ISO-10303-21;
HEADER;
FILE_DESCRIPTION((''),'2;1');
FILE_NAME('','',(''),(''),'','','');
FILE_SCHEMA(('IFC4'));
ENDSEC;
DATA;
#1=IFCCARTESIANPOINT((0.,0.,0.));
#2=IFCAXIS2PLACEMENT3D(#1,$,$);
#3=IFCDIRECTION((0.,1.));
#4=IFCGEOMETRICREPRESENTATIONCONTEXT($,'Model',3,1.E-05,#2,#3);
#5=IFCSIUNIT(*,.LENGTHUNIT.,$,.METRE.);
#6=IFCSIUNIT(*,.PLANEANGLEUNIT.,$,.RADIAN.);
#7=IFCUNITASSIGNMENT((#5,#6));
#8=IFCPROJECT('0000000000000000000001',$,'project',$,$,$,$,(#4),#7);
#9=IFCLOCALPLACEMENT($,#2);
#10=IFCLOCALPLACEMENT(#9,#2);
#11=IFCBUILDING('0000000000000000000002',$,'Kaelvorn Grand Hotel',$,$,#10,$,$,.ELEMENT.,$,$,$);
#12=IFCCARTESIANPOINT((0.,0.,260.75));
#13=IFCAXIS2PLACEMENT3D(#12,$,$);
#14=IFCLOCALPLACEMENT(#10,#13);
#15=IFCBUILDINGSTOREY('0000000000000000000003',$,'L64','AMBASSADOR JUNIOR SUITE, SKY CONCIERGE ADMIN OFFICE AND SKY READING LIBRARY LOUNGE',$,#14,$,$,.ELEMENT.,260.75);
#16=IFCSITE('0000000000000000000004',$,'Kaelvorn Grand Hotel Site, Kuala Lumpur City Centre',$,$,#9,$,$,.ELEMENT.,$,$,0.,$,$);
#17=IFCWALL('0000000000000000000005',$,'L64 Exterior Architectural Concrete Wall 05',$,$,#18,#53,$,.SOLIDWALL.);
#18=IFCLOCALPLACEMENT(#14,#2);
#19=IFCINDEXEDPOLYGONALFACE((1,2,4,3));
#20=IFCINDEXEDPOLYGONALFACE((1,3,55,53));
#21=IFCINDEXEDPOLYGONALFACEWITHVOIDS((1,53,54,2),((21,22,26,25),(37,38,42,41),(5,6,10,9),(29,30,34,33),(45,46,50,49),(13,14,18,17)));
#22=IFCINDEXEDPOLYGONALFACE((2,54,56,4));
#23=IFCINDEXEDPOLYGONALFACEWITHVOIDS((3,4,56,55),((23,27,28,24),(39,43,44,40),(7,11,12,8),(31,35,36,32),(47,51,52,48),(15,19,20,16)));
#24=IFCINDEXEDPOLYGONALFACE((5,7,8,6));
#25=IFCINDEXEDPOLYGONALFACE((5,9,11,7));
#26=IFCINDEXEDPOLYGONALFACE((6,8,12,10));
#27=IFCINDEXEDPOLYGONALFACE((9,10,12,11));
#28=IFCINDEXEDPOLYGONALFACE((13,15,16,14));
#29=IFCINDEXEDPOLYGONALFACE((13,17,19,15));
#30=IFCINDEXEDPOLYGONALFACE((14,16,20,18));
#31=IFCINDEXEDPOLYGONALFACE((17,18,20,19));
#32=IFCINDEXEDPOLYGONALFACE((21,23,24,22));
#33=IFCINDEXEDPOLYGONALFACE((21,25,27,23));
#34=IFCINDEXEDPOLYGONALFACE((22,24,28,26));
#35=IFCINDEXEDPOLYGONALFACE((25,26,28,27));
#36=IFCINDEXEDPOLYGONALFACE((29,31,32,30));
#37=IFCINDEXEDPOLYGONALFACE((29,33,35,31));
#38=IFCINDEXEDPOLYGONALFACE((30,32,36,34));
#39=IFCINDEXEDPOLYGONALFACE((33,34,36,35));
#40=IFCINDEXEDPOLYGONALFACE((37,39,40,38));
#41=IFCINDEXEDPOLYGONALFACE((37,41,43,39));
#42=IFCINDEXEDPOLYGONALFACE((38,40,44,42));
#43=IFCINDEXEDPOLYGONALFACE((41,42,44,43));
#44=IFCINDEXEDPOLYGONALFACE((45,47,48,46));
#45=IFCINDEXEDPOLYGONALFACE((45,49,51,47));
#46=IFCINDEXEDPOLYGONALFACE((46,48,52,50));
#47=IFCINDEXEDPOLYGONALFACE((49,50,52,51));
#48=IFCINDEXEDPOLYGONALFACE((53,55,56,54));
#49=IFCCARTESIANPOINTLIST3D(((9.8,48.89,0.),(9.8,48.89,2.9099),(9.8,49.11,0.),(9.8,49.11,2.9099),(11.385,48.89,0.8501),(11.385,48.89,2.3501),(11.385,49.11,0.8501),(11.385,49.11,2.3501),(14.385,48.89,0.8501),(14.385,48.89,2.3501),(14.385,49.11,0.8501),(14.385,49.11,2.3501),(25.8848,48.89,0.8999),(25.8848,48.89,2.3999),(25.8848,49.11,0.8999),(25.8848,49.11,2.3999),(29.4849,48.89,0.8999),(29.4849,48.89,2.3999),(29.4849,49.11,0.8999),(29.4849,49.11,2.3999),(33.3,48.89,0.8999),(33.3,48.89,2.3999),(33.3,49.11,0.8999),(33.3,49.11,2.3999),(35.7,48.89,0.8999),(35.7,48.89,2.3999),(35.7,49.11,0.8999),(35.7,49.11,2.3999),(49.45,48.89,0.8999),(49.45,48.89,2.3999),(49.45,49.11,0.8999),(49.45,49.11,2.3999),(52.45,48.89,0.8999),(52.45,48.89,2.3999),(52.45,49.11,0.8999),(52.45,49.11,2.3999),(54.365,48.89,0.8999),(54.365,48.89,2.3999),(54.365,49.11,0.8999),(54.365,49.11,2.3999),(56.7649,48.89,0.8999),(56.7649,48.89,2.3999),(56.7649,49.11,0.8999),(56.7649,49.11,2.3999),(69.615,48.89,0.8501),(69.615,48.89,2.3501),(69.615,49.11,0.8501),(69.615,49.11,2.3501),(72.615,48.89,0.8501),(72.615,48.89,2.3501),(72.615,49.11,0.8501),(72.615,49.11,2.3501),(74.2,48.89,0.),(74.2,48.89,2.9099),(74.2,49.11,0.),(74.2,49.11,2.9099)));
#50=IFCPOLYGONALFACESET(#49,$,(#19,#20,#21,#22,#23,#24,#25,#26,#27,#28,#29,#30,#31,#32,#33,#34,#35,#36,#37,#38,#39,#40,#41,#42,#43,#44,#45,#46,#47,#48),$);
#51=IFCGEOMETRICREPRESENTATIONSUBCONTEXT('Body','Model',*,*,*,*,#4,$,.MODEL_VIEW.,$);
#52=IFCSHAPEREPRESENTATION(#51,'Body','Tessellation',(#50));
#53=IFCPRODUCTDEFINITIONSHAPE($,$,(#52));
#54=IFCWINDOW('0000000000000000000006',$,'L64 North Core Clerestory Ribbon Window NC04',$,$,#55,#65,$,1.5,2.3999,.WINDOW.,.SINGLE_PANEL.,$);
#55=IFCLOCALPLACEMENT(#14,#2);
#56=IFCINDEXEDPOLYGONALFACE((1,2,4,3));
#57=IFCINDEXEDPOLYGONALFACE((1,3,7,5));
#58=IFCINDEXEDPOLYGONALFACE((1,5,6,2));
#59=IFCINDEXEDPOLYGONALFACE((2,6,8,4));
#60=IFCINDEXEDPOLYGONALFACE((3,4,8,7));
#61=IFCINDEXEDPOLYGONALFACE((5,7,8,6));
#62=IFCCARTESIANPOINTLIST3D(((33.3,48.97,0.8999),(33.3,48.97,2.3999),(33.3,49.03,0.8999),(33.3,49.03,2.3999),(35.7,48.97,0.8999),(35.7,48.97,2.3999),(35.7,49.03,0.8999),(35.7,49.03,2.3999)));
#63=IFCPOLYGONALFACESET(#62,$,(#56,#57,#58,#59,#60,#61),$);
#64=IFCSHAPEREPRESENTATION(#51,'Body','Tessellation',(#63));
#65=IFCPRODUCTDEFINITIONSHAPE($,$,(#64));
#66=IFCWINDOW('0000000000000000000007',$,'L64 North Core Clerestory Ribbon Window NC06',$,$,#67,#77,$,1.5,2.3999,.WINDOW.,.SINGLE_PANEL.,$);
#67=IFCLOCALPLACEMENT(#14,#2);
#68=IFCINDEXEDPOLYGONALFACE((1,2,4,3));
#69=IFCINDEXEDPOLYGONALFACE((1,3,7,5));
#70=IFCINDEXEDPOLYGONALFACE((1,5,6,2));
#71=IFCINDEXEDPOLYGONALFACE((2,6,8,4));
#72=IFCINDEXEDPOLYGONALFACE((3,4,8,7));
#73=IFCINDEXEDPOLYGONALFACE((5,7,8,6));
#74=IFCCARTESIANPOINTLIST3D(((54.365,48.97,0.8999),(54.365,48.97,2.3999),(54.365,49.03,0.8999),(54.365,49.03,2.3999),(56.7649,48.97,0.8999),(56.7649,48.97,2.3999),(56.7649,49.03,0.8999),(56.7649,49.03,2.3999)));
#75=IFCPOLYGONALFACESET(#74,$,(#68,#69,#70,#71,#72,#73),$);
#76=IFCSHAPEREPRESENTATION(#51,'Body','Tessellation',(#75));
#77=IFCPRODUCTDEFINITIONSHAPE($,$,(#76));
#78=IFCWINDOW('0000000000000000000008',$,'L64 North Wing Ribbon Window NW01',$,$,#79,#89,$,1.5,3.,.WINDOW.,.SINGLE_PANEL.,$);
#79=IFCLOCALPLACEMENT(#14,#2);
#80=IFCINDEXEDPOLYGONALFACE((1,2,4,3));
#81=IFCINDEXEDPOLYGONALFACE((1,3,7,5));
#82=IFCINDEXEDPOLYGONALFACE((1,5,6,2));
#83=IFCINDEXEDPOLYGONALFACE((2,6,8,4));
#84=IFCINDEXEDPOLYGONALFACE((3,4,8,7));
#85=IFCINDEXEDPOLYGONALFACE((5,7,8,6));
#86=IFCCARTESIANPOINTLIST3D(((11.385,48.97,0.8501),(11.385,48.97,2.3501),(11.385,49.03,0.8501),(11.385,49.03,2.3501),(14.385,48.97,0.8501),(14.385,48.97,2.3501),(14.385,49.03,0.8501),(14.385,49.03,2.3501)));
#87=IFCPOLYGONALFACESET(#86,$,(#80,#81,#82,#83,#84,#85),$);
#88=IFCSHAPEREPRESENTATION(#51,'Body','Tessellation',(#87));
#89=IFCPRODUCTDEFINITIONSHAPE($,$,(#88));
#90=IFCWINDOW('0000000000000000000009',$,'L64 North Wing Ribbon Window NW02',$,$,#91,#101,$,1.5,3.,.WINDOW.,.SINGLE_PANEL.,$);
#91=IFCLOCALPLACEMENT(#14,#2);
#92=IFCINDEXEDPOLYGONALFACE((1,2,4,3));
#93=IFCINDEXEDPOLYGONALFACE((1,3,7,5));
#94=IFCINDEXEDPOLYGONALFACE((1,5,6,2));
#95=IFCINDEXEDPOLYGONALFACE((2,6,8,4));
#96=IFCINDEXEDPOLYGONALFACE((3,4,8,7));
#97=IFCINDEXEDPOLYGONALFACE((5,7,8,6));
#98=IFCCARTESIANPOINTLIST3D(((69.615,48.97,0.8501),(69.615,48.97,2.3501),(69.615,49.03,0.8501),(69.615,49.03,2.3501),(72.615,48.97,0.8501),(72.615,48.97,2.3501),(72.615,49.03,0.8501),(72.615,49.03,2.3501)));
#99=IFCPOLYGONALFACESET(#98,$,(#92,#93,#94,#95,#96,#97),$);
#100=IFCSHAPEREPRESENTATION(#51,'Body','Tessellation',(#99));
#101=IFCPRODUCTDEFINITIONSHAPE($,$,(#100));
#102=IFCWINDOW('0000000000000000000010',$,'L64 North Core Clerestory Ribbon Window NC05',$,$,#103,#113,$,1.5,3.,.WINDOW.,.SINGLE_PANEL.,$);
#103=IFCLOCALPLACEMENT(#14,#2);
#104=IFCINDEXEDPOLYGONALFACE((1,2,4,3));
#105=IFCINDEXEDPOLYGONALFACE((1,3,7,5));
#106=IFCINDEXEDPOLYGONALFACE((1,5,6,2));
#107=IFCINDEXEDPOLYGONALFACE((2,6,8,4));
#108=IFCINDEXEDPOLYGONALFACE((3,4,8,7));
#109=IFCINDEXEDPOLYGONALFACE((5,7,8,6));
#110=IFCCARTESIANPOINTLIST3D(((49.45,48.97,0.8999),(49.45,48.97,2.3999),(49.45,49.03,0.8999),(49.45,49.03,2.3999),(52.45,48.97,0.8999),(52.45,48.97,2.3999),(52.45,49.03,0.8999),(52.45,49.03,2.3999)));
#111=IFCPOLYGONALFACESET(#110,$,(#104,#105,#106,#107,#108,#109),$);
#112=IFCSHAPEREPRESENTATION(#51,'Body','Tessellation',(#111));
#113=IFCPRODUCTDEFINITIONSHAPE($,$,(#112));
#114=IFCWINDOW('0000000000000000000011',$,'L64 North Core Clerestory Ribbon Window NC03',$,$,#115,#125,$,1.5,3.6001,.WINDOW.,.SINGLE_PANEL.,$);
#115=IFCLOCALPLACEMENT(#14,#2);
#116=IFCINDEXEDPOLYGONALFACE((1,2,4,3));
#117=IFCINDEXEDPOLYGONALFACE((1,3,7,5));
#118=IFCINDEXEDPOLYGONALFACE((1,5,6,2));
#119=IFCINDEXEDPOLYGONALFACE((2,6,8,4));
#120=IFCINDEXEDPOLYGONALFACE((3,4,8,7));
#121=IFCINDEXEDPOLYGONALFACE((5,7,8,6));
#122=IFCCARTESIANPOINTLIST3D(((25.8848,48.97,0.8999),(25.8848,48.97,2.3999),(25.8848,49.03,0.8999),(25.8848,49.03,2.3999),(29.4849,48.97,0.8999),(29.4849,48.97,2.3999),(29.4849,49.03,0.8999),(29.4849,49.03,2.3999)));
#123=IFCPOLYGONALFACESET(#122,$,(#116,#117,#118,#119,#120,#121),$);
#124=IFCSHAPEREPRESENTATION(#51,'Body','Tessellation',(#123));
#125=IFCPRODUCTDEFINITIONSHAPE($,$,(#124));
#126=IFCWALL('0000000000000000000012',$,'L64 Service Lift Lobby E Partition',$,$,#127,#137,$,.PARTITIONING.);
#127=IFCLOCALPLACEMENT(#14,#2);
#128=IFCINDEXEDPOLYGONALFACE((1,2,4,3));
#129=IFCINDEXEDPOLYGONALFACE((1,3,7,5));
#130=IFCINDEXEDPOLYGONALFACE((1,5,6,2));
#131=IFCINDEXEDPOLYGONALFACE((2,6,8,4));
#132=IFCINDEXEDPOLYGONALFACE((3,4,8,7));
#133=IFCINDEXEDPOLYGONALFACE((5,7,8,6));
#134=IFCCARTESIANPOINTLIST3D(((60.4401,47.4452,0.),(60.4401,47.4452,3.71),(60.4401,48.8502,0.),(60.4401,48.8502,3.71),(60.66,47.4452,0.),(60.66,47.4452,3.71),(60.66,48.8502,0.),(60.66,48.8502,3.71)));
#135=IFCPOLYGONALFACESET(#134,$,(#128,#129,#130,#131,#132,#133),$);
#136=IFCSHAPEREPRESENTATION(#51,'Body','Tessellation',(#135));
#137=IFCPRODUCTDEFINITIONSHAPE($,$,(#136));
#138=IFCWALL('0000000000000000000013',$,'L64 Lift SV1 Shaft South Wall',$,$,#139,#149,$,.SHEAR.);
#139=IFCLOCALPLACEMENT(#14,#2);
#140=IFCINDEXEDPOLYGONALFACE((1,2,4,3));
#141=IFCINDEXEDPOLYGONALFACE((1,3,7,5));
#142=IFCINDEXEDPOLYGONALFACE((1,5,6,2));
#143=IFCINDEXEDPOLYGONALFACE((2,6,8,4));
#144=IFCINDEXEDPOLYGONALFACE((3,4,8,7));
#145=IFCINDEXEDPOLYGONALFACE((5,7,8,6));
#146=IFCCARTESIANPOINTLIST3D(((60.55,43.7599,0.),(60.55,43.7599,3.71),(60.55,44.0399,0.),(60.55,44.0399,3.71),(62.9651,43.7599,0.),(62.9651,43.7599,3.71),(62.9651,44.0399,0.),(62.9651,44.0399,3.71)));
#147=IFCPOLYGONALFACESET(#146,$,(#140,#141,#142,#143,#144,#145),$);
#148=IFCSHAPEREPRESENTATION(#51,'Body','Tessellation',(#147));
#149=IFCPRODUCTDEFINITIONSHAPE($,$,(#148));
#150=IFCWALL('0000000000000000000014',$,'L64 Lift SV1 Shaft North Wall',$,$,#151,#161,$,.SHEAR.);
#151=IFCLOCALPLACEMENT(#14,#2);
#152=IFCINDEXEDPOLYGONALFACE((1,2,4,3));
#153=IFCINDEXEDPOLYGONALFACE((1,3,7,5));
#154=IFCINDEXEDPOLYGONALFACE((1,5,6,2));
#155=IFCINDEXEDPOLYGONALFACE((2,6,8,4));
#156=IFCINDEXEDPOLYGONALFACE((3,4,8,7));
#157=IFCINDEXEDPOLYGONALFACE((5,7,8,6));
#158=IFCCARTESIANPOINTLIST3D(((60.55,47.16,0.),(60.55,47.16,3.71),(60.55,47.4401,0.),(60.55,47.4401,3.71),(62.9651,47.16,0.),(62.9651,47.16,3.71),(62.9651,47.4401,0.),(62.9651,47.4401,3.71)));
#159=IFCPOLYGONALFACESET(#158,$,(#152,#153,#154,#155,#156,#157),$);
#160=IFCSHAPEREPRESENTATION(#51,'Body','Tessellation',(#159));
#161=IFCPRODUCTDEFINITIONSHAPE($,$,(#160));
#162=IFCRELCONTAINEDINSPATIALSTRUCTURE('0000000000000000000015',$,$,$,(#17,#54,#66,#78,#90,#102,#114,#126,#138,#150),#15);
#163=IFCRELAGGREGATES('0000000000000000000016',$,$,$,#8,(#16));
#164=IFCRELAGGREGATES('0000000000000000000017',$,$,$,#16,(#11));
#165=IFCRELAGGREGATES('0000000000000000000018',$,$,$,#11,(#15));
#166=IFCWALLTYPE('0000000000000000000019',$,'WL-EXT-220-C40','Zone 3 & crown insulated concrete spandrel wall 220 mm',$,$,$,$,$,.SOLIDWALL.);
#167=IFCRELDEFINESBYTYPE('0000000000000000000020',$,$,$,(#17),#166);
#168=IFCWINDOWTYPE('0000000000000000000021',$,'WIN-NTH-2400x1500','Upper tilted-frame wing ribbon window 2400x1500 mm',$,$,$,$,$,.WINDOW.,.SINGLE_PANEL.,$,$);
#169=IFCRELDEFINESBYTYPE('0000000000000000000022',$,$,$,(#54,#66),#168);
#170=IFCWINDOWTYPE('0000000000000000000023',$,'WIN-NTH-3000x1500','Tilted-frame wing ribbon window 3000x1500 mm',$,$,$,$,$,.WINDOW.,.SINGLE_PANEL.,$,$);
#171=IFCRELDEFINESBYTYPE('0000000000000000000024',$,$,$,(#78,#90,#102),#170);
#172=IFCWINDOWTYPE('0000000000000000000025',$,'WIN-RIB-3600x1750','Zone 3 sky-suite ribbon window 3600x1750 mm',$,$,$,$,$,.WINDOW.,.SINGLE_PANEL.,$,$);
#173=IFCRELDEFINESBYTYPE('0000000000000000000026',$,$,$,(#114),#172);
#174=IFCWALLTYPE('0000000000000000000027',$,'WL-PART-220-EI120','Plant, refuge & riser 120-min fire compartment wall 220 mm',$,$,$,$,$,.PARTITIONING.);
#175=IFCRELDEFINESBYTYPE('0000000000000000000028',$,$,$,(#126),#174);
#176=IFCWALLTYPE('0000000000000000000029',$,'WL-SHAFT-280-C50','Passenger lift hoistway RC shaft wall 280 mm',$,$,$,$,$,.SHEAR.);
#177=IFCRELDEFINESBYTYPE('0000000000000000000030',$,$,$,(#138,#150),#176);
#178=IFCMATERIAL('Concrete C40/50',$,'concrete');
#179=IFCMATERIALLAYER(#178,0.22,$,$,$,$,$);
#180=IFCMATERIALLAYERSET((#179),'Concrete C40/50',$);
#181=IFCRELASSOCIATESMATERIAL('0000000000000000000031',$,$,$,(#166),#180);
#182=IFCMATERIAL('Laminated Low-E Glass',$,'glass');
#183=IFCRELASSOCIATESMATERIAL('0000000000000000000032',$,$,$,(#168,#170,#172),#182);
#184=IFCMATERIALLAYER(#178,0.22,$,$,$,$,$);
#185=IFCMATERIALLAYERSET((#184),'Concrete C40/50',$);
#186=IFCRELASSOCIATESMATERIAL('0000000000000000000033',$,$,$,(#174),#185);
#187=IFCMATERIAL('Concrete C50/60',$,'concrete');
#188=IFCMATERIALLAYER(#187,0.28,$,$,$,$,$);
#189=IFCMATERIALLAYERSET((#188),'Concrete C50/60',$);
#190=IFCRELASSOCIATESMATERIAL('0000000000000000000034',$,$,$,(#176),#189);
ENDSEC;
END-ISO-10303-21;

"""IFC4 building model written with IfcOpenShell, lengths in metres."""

from ifc_helpers import new_model, si_unit, direction, frame, frame_2d, origin, place, context, subcontext, project, spatial, rectangle, extrude, material, layer, layer_set, type_object, element, fill, save


model = new_model("IFC4")

# Units and contexts
model_context = context("Model", 3, precision=1e-05, world=origin(), true_north=direction((0.0, 1.0)))
body_context = subcontext(model_context, "Body", "Model", "MODEL_VIEW")
ifc_project = project(units=[si_unit("LENGTHUNIT", "METRE"), si_unit("PLANEANGLEUNIT", "RADIAN")], contexts=[model_context])

# Site, building, storey
site_placement = place(None, origin())
site = spatial("IfcSite", under=ifc_project, at=site_placement, Name="Kaelvorn Grand Hotel Site, Kuala Lumpur City Centre", CompositionType="ELEMENT", RefElevation=0.0)
building_placement = place(site_placement, origin())
building = spatial("IfcBuilding", under=site, at=building_placement, Name="Kaelvorn Grand Hotel", CompositionType="ELEMENT")
storey_placement = place(building_placement, frame((0.0, 0.0, 260.75)))
storey = spatial("IfcBuildingStorey", under=building, at=storey_placement, Name="L64", Description="AMBASSADOR JUNIOR SUITE, SKY CONCIERGE ADMIN OFFICE AND SKY READING LIBRARY LOUNGE", CompositionType="ELEMENT", Elevation=260.75)

# Shared definitions
ifc_material_1 = material(Name="Concrete C50/60", Category="concrete")

# Shared definitions
ifc_material_2 = material(Name="Concrete C40/50", Category="concrete")
ifc_layer_1 = layer(ifc_material_2, 0.22)
ifc_layer_set_1 = layer_set([ifc_layer_1], Name="Concrete C40/50")
wall_type_1 = type_object("IfcWallType", Name="WL-EXT-220-C40", Description="Zone 3 & crown insulated concrete spandrel wall 220 mm", PredefinedType="SOLIDWALL", material=ifc_layer_set_1)
ifc_material_3 = material(Name="Laminated Low-E Glass", Category="glass")

# Wall, openings, windows
wall_1_placement = place(storey_placement, frame((74.2, 49.0, 0.0), z_axis=(0.0, 0.0, 1.0), x_axis=(-1.0, 0.0, 0.0)))
wall_1 = element("IfcWall", 1, at=wall_1_placement, inside=storey, type_object=wall_type_1, Name="L64 Exterior Architectural Concrete Wall 05", PredefinedType="SOLIDWALL", context=body_context, shape_type="SweptSolid", body=[
    extrude(rectangle(XDim=64.3999, YDim=0.22, at=frame_2d((32.2, 0.0))), origin(), (0.0, 0.0, 1.0), 2.9099),
])
opening_1_placement = place(wall_1_placement, frame((59.8149, 0.0, 0.8501)))
opening_1 = element("IfcOpeningElement", 2, at=opening_1_placement, cuts=wall_1, PredefinedType="OPENING", context=body_context, shape_type="SweptSolid", body=[
    extrude(rectangle(XDim=3.0, YDim=1.5, at=frame_2d((1.5, 0.75))), frame((0.0, 0.1201, 0.0), z_axis=(0.0, -1.0, 0.0), x_axis=(1.0, 0.0, 0.0)), (0.0, 0.0, 1.0), 0.24),
])
opening_2_placement = place(wall_1_placement, frame((1.585, 0.0, 0.8501)))
opening_2 = element("IfcOpeningElement", 3, at=opening_2_placement, cuts=wall_1, PredefinedType="OPENING", context=body_context, shape_type="SweptSolid", body=[
    extrude(rectangle(XDim=3.0, YDim=1.5, at=frame_2d((1.5, 0.75))), frame((0.0, 0.1201, 0.0), z_axis=(0.0, -1.0, 0.0), x_axis=(1.0, 0.0, 0.0)), (0.0, 0.0, 1.0), 0.24),
])
opening_3_placement = place(wall_1_placement, frame((44.7151, 0.0, 0.8999)))
opening_3 = element("IfcOpeningElement", 4, at=opening_3_placement, cuts=wall_1, PredefinedType="OPENING", context=body_context, shape_type="SweptSolid", body=[
    extrude(rectangle(XDim=3.6001, YDim=1.5, at=frame_2d((1.8, 0.75))), frame((0.0, 0.1201, 0.0), z_axis=(0.0, -1.0, 0.0), x_axis=(1.0, 0.0, 0.0)), (0.0, 0.0, 1.0), 0.24),
])
opening_4_placement = place(wall_1_placement, frame((38.5, 0.0, 0.8999)))
opening_4 = element("IfcOpeningElement", 5, at=opening_4_placement, cuts=wall_1, PredefinedType="OPENING", context=body_context, shape_type="SweptSolid", body=[
    extrude(rectangle(XDim=2.3999, YDim=1.5, at=frame_2d((1.2, 0.75))), frame((0.0, 0.1201, 0.0), z_axis=(0.0, -1.0, 0.0), x_axis=(1.0, 0.0, 0.0)), (0.0, 0.0, 1.0), 0.24),
])
opening_5_placement = place(wall_1_placement, frame((21.75, 0.0, 0.8999)))
opening_5 = element("IfcOpeningElement", 6, at=opening_5_placement, cuts=wall_1, PredefinedType="OPENING", context=body_context, shape_type="SweptSolid", body=[
    extrude(rectangle(XDim=3.0, YDim=1.5, at=frame_2d((1.5, 0.75))), frame((0.0, 0.1201, 0.0), z_axis=(0.0, -1.0, 0.0), x_axis=(1.0, 0.0, 0.0)), (0.0, 0.0, 1.0), 0.24),
])
opening_6_placement = place(wall_1_placement, frame((17.4351, 0.0, 0.8999)))
opening_6 = element("IfcOpeningElement", 7, at=opening_6_placement, cuts=wall_1, PredefinedType="OPENING", context=body_context, shape_type="SweptSolid", body=[
    extrude(rectangle(XDim=2.3999, YDim=1.5, at=frame_2d((1.2, 0.75))), frame((0.0, 0.1201, 0.0), z_axis=(0.0, -1.0, 0.0), x_axis=(1.0, 0.0, 0.0)), (0.0, 0.0, 1.0), 0.24),
])
window_type_1 = type_object("IfcWindowType", Name="WIN-NTH-2400x1500", Description="Upper tilted-frame wing ribbon window 2400x1500 mm", PartitioningType="SINGLE_PANEL", PredefinedType="WINDOW", material=ifc_material_3)
window_1_placement = place(opening_4_placement, origin())
window_1 = element("IfcWindow", 8, at=window_1_placement, inside=storey, type_object=window_type_1, Name="L64 North Core Clerestory Ribbon Window NC04", OverallHeight=1.5, OverallWidth=2.3999, PartitioningType="SINGLE_PANEL", PredefinedType="WINDOW", context=body_context, shape_type="SweptSolid", body=[
    extrude(rectangle(XDim=2.3999, YDim=1.5, at=frame_2d((1.2, 0.75))), frame((0.0, 0.03, 0.0), z_axis=(0.0, -1.0, 0.0), x_axis=(1.0, 0.0, 0.0)), (0.0, 0.0, 1.0), 0.0601),
])
fill(opening_4, window_1)
window_2_placement = place(opening_6_placement, origin())
window_2 = element("IfcWindow", 9, at=window_2_placement, inside=storey, type_object=window_type_1, Name="L64 North Core Clerestory Ribbon Window NC06", OverallHeight=1.5, OverallWidth=2.3999, PartitioningType="SINGLE_PANEL", PredefinedType="WINDOW", context=body_context, shape_type="SweptSolid", body=[
    extrude(rectangle(XDim=2.3999, YDim=1.5, at=frame_2d((1.2, 0.75))), frame((0.0, 0.03, 0.0), z_axis=(0.0, -1.0, 0.0), x_axis=(1.0, 0.0, 0.0)), (0.0, 0.0, 1.0), 0.0601),
])
fill(opening_6, window_2)
window_type_2 = type_object("IfcWindowType", Name="WIN-NTH-3000x1500", Description="Tilted-frame wing ribbon window 3000x1500 mm", PartitioningType="SINGLE_PANEL", PredefinedType="WINDOW", material=ifc_material_3)
window_3_placement = place(opening_1_placement, origin())
window_3 = element("IfcWindow", 10, at=window_3_placement, inside=storey, type_object=window_type_2, Name="L64 North Wing Ribbon Window NW01", OverallHeight=1.5, OverallWidth=3.0, PartitioningType="SINGLE_PANEL", PredefinedType="WINDOW", context=body_context, shape_type="SweptSolid", body=[
    extrude(rectangle(XDim=3.0, YDim=1.5, at=frame_2d((1.5, 0.75))), frame((0.0, 0.03, 0.0), z_axis=(0.0, -1.0, 0.0), x_axis=(1.0, 0.0, 0.0)), (0.0, 0.0, 1.0), 0.0601),
])
fill(opening_1, window_3)
window_4_placement = place(opening_2_placement, origin())
window_4 = element("IfcWindow", 11, at=window_4_placement, inside=storey, type_object=window_type_2, Name="L64 North Wing Ribbon Window NW02", OverallHeight=1.5, OverallWidth=3.0, PartitioningType="SINGLE_PANEL", PredefinedType="WINDOW", context=body_context, shape_type="SweptSolid", body=[
    extrude(rectangle(XDim=3.0, YDim=1.5, at=frame_2d((1.5, 0.75))), frame((0.0, 0.03, 0.0), z_axis=(0.0, -1.0, 0.0), x_axis=(1.0, 0.0, 0.0)), (0.0, 0.0, 1.0), 0.0601),
])
fill(opening_2, window_4)
window_5_placement = place(opening_5_placement, origin())
window_5 = element("IfcWindow", 12, at=window_5_placement, inside=storey, type_object=window_type_2, Name="L64 North Core Clerestory Ribbon Window NC05", OverallHeight=1.5, OverallWidth=3.0, PartitioningType="SINGLE_PANEL", PredefinedType="WINDOW", context=body_context, shape_type="SweptSolid", body=[
    extrude(rectangle(XDim=3.0, YDim=1.5, at=frame_2d((1.5, 0.75))), frame((0.0, 0.03, 0.0), z_axis=(0.0, -1.0, 0.0), x_axis=(1.0, 0.0, 0.0)), (0.0, 0.0, 1.0), 0.0601),
])
fill(opening_5, window_5)
window_type_3 = type_object("IfcWindowType", Name="WIN-RIB-3600x1750", Description="Zone 3 sky-suite ribbon window 3600x1750 mm", PartitioningType="SINGLE_PANEL", PredefinedType="WINDOW", material=ifc_material_3)
window_6_placement = place(opening_3_placement, origin())
window_6 = element("IfcWindow", 13, at=window_6_placement, inside=storey, type_object=window_type_3, Name="L64 North Core Clerestory Ribbon Window NC03", OverallHeight=1.5, OverallWidth=3.6001, PartitioningType="SINGLE_PANEL", PredefinedType="WINDOW", context=body_context, shape_type="SweptSolid", body=[
    extrude(rectangle(XDim=3.6001, YDim=1.5, at=frame_2d((1.8, 0.75))), frame((0.0, 0.03, 0.0), z_axis=(0.0, -1.0, 0.0), x_axis=(1.0, 0.0, 0.0)), (0.0, 0.0, 1.0), 0.0601),
])
fill(opening_3, window_6)

# Walls
ifc_layer_2 = layer(ifc_material_2, 0.22)
ifc_layer_set_2 = layer_set([ifc_layer_2], Name="Concrete C40/50")
wall_type_2 = type_object("IfcWallType", Name="WL-PART-220-EI120", Description="Plant, refuge & riser 120-min fire compartment wall 220 mm", PredefinedType="PARTITIONING", material=ifc_layer_set_2)
wall_2_placement = place(storey_placement, frame((60.55, 47.4451, 0.0), z_axis=(0.0, 0.0, 1.0), x_axis=(0.0, 1.0, 0.0)))
element("IfcWall", 14, at=wall_2_placement, inside=storey, type_object=wall_type_2, Name="L64 Service Lift Lobby E Partition", PredefinedType="PARTITIONING", context=body_context, shape_type="SweptSolid", body=[
    extrude(rectangle(XDim=1.405, YDim=0.22, at=frame_2d((0.7026, 0.0))), origin(), (0.0, 0.0, 1.0), 3.71),
])
ifc_layer_3 = layer(ifc_material_1, 0.28)
ifc_layer_set_3 = layer_set([ifc_layer_3], Name="Concrete C50/60")
wall_type_3 = type_object("IfcWallType", Name="WL-SHAFT-280-C50", Description="Passenger lift hoistway RC shaft wall 280 mm", PredefinedType="SHEAR", material=ifc_layer_set_3)
for number, where, z_axis, x_axis, name in (
    (15, (60.55, 43.8999, 0.0), (0.0, 0.0, 1.0), (1.0, 0.0, 0.0), "L64 Lift SV1 Shaft South Wall"),
    (16, (60.55, 47.3, 0.0), (0.0, 0.0, 1.0), (1.0, 0.0, 0.0), "L64 Lift SV1 Shaft North Wall"),
):
    element("IfcWall", number, at=place(storey_placement, frame(where, z_axis=z_axis, x_axis=x_axis)), inside=storey, type_object=wall_type_3, Name=name, PredefinedType="SHEAR", context=body_context, shape_type="SweptSolid", body=[
        extrude(rectangle(XDim=2.415, YDim=0.28, at=frame_2d((1.2075, 0.0))), origin(), (0.0, 0.0, 1.0), 3.71),
    ])

save(model, "model.ifc")
